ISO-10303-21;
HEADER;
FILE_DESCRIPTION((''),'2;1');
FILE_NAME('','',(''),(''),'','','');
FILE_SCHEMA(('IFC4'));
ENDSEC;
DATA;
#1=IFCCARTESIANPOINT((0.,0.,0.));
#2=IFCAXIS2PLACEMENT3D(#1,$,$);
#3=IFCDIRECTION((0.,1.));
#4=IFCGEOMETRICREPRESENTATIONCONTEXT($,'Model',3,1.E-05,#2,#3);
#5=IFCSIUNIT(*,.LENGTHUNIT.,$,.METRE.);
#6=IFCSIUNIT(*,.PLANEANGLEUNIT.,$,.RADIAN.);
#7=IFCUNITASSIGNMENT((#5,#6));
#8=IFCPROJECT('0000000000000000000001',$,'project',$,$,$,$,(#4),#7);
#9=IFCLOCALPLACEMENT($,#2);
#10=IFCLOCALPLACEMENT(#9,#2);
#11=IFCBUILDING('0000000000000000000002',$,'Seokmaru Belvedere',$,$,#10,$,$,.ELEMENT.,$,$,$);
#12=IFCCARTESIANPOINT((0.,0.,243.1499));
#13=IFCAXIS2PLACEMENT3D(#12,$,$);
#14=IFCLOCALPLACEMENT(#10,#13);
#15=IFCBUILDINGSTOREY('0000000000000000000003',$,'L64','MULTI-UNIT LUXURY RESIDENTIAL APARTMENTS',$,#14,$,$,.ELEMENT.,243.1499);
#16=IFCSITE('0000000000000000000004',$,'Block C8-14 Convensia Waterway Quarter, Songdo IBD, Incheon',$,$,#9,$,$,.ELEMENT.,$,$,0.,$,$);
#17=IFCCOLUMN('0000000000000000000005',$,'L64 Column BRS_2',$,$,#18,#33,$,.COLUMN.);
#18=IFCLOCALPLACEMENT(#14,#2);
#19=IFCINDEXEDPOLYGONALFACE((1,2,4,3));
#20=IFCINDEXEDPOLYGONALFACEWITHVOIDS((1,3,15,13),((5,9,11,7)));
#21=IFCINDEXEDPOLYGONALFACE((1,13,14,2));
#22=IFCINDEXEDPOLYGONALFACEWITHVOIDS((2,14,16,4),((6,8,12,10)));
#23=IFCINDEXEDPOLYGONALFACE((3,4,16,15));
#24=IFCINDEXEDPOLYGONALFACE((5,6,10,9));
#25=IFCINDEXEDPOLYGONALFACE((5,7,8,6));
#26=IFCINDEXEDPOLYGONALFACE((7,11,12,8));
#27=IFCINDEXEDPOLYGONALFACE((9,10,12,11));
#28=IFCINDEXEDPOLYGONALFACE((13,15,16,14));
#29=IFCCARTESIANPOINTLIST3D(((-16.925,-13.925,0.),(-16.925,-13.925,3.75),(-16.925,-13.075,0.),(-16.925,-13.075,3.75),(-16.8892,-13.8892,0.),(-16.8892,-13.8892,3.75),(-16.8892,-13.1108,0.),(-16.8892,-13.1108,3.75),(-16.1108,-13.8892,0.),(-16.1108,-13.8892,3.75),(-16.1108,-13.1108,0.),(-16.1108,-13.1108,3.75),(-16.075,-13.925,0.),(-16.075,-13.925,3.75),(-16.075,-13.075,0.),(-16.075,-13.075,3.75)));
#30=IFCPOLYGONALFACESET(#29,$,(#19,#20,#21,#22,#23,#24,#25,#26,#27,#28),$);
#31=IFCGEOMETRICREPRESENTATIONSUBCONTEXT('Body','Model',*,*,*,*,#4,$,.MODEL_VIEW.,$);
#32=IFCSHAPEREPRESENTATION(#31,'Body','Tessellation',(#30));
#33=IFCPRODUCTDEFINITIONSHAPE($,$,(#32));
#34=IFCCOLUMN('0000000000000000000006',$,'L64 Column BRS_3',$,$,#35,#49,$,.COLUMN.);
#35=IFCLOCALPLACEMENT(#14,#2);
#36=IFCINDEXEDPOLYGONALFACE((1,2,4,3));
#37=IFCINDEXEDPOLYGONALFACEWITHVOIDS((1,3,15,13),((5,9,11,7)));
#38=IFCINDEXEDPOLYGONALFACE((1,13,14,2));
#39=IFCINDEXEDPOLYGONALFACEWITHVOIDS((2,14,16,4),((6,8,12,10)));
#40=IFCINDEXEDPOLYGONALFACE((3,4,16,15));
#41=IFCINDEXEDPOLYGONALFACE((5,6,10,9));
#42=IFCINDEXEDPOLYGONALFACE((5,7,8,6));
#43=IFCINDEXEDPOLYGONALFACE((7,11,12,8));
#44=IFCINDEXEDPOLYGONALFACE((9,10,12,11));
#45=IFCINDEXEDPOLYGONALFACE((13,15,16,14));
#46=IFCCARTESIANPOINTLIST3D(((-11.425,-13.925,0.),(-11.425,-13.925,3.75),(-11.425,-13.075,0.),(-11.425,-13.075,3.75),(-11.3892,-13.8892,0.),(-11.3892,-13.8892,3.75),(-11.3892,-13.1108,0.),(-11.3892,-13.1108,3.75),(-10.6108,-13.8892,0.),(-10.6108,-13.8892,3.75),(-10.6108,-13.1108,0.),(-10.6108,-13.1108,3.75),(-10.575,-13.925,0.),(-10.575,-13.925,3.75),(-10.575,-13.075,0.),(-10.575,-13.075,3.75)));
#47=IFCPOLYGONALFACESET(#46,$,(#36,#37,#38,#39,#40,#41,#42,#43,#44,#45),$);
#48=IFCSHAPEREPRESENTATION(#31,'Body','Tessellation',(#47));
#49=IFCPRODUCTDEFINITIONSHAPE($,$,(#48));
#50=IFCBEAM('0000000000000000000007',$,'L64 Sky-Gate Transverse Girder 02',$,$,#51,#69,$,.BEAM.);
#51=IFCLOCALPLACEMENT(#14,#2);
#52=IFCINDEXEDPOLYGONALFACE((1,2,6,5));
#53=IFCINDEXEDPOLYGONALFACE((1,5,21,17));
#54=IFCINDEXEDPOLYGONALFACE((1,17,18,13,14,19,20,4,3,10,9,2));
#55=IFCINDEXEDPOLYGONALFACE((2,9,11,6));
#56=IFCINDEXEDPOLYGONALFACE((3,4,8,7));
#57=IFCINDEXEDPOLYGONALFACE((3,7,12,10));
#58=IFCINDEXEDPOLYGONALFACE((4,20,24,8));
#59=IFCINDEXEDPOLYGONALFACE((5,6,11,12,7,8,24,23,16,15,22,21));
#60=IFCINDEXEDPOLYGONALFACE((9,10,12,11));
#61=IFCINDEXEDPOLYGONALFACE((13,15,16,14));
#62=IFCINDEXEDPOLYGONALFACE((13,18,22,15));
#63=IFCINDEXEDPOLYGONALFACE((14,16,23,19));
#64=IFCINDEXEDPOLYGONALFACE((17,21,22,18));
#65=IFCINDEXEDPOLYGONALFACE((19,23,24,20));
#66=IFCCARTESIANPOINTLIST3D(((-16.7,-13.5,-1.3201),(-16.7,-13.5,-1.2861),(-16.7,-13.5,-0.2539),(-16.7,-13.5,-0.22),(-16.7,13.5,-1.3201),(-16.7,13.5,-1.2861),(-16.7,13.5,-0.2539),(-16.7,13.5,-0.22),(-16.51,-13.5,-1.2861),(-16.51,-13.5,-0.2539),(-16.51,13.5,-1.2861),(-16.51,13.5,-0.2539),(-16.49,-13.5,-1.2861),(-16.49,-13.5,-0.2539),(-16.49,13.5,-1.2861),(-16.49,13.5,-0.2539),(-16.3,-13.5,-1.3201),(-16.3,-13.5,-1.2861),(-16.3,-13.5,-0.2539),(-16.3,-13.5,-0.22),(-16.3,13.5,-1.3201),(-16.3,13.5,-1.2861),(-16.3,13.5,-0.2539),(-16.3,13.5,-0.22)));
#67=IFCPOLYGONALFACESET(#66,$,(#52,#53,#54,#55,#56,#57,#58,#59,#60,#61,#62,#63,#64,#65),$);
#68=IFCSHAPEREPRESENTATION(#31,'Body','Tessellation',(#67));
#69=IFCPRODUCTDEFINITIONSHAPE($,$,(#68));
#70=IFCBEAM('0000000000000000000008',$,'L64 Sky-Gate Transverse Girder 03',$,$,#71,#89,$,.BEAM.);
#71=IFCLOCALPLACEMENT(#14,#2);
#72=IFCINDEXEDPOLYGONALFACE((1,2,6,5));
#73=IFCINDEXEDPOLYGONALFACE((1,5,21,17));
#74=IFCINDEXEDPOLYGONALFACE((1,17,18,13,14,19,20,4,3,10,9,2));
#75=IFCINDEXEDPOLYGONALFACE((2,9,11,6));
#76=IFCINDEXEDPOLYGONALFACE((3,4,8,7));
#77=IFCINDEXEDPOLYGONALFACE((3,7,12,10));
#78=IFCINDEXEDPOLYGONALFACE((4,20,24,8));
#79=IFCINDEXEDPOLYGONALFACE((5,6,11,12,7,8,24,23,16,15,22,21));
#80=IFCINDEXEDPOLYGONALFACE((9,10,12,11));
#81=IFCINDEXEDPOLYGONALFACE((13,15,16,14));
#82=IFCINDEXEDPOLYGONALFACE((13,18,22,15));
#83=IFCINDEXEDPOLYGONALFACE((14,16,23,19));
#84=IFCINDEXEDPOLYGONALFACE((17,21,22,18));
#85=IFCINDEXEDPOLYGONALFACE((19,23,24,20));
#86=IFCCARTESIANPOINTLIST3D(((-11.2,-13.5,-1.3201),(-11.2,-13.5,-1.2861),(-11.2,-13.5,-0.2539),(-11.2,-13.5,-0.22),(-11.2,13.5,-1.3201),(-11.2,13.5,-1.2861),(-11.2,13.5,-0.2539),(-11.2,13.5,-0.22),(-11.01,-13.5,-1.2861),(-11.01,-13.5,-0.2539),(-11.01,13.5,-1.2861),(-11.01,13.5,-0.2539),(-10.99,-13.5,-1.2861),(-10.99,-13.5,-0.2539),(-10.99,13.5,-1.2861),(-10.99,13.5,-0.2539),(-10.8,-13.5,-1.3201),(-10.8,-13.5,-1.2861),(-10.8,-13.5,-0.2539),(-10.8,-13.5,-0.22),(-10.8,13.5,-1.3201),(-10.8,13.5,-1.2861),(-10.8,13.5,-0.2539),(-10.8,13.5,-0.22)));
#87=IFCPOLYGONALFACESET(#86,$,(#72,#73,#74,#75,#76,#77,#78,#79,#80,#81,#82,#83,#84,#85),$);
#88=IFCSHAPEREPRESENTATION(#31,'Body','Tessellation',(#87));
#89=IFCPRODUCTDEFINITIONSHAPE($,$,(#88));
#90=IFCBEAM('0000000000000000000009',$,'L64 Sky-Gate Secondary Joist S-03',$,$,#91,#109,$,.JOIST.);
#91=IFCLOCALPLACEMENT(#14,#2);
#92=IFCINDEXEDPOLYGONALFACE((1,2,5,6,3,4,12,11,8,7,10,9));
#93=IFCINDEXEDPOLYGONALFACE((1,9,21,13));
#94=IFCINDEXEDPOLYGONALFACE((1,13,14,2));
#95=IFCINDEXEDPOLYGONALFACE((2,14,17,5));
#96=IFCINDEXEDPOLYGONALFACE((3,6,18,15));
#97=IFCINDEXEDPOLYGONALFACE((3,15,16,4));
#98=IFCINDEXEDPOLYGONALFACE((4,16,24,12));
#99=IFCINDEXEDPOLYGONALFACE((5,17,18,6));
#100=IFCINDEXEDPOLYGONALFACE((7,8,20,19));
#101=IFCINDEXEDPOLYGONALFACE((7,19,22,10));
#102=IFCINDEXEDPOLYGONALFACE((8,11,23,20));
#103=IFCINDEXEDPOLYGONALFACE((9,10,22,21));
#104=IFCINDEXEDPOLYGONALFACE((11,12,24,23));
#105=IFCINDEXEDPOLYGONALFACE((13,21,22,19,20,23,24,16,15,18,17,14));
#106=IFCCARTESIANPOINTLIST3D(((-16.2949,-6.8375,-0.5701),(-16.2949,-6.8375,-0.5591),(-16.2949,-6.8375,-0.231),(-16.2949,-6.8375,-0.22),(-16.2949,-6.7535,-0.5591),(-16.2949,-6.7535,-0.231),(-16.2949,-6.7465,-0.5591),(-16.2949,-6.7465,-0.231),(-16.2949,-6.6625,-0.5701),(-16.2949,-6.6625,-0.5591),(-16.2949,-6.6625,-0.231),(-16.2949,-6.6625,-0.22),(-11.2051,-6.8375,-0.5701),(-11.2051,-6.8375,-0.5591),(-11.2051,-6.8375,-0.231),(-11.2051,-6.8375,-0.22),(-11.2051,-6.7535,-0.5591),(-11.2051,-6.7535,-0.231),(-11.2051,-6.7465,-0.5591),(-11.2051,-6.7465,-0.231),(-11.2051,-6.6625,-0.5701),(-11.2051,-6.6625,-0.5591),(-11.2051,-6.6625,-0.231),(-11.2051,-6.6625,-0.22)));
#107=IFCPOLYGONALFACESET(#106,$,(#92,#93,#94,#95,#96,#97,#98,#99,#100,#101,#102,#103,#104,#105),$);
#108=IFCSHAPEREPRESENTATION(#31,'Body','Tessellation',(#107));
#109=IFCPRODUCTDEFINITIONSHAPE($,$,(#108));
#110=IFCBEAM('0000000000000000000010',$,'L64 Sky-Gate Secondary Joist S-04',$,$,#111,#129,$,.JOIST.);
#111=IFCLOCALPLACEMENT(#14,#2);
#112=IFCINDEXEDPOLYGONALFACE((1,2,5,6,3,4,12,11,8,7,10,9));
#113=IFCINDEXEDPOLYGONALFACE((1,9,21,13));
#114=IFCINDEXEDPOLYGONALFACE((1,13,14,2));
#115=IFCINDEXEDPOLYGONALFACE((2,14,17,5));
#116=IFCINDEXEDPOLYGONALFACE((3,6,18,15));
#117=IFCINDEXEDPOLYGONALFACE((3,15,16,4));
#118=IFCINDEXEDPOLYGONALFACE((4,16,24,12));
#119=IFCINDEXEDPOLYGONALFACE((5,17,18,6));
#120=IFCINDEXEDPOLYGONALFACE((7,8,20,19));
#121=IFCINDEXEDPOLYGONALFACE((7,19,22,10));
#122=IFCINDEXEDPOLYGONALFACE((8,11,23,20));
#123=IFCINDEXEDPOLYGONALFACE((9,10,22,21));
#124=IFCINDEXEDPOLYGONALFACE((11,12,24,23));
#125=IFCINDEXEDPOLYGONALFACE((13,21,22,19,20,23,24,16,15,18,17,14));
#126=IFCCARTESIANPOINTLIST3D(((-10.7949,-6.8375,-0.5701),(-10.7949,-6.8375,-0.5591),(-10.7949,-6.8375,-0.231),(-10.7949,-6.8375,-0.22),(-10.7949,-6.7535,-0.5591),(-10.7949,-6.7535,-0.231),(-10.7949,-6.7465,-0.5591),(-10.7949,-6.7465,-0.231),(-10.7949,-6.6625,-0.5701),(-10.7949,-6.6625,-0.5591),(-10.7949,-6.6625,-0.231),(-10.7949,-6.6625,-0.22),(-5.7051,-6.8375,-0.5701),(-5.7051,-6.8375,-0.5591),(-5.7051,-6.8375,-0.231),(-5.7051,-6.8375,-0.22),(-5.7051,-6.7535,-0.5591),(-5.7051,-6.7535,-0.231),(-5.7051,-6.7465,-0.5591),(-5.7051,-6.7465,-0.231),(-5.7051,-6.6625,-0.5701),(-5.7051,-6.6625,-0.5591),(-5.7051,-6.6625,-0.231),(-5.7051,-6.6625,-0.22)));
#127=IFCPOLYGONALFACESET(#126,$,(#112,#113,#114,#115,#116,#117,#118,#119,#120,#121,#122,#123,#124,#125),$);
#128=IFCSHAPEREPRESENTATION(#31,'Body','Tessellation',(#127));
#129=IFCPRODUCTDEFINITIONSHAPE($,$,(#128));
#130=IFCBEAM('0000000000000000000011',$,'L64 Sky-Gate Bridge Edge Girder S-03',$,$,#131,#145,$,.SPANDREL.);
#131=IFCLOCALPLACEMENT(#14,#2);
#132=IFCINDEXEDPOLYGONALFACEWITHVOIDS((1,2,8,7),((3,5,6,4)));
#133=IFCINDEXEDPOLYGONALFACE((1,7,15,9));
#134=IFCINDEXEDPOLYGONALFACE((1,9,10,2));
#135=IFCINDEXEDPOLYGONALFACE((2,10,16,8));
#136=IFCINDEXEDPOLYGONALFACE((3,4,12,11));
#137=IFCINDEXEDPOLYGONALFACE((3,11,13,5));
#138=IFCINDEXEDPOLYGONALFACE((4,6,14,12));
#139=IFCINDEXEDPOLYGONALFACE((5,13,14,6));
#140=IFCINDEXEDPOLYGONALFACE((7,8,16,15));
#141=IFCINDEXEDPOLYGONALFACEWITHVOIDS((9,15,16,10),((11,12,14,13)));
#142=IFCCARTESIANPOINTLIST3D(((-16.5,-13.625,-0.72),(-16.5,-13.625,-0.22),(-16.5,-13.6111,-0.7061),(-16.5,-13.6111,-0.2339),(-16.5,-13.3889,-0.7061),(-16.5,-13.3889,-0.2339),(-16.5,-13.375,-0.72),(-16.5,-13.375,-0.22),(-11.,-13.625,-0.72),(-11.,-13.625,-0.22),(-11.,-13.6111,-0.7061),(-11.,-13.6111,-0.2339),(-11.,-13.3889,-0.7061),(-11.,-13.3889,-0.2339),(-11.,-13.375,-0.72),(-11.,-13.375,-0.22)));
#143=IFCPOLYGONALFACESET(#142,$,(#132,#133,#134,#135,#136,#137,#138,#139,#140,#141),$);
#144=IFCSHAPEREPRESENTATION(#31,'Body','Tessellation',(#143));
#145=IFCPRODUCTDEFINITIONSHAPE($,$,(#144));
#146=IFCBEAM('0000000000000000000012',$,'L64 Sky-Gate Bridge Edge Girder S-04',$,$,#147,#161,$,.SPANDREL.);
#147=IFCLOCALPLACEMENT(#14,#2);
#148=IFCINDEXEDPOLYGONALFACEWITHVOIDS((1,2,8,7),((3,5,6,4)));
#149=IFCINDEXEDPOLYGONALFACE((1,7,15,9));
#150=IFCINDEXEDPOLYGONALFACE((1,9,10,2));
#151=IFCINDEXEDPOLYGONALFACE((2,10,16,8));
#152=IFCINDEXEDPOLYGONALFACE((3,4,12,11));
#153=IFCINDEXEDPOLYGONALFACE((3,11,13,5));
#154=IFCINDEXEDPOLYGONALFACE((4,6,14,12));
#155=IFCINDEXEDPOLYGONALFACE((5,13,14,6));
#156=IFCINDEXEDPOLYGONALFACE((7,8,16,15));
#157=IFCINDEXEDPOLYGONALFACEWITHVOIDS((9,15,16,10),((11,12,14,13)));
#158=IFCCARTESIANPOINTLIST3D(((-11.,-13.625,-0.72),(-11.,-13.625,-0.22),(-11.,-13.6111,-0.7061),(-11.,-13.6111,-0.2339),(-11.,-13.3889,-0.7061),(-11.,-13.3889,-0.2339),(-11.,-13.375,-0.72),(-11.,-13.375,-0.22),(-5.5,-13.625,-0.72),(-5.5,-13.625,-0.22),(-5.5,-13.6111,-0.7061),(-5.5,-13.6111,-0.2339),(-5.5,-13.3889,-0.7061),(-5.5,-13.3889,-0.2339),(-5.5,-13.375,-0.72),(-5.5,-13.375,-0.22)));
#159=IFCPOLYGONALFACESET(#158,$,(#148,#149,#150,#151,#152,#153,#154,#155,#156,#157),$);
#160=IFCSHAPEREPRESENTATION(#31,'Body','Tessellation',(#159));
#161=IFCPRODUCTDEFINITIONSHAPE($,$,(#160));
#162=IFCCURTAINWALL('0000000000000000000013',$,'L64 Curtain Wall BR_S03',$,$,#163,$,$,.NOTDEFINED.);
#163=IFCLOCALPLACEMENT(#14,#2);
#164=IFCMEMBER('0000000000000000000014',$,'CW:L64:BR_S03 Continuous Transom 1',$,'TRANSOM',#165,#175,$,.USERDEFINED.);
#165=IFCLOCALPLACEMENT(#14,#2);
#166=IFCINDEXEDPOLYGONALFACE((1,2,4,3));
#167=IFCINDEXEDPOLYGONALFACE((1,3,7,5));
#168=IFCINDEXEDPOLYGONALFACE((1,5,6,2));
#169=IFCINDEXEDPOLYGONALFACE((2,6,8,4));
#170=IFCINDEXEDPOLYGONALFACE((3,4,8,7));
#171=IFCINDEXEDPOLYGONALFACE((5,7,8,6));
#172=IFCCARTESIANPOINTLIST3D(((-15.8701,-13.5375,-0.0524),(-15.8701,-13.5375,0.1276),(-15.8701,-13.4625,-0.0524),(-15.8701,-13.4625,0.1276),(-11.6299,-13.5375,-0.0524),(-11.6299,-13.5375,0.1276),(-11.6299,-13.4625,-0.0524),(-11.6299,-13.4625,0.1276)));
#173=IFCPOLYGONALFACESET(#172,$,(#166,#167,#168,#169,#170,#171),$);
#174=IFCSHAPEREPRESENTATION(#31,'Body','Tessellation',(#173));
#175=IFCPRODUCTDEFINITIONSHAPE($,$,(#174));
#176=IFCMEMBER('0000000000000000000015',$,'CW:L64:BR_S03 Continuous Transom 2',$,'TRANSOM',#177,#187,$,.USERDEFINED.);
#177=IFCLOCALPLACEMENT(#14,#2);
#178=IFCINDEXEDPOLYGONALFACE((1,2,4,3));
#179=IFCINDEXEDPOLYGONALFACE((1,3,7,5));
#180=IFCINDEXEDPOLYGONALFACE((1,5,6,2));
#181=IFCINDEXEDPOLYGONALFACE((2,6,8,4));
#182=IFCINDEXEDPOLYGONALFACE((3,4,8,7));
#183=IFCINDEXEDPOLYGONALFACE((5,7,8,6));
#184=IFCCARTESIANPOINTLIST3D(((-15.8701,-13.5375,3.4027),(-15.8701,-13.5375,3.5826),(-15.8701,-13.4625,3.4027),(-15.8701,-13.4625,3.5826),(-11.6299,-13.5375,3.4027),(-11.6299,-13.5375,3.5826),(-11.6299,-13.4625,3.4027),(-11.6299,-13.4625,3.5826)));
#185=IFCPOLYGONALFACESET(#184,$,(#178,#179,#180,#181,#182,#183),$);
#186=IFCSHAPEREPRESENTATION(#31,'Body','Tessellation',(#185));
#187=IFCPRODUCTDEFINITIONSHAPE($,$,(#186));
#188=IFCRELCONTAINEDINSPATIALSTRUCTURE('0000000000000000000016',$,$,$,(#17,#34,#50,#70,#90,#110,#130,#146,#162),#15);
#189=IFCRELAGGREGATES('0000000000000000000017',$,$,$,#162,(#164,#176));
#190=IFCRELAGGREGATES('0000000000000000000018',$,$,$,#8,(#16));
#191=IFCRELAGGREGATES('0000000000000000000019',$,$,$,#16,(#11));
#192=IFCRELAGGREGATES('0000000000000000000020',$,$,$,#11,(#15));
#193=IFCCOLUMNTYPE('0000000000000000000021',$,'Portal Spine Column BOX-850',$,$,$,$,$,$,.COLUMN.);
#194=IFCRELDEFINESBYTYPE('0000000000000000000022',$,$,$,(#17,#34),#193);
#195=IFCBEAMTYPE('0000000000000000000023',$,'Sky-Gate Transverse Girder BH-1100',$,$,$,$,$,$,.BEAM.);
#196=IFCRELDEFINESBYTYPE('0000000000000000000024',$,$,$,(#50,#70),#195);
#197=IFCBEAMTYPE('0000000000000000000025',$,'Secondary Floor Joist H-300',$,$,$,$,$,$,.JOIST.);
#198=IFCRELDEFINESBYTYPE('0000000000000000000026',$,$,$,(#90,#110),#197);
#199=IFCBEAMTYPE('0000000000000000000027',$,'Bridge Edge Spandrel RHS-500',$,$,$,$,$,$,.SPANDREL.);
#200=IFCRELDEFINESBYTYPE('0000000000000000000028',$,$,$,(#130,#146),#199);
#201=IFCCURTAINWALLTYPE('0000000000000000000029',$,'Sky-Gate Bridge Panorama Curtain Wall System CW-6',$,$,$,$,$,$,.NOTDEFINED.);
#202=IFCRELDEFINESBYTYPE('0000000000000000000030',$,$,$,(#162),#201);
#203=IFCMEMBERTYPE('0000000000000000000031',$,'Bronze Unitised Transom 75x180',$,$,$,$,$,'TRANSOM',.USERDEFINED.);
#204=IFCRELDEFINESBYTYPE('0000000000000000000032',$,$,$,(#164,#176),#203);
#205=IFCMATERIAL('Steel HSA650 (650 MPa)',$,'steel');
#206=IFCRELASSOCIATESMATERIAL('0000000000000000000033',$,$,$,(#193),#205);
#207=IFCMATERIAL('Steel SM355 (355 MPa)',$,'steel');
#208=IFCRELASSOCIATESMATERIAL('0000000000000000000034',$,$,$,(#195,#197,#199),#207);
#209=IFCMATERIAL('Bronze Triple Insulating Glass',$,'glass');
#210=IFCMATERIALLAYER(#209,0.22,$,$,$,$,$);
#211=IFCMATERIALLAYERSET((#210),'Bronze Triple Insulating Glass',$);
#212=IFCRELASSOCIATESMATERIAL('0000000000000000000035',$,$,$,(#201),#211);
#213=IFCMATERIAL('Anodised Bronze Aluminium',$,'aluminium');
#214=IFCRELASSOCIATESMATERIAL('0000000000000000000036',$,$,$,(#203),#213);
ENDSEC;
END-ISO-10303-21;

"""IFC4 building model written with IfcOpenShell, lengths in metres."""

from ifc_helpers import new_model, si_unit, direction, frame, origin, origin_2d, place, context, subcontext, project, spatial, rectangle, hollow_rectangle, i_section, extrude, source, transform, mapped, material, layer, layer_set, material_profile, profile_set, type_object, type_shapes, element, aggregate, save


model = new_model("IFC4")

# Units and contexts
model_context = context("Model", 3, precision=1e-05, world=origin(), true_north=direction((0.0, 1.0)))
body_context = subcontext(model_context, "Body", "Model", "MODEL_VIEW")
ifc_project = project(units=[si_unit("LENGTHUNIT", "METRE"), si_unit("PLANEANGLEUNIT", "RADIAN")], contexts=[model_context])

# Site, building, storey
site_placement = place(None, origin())
site = spatial("IfcSite", under=ifc_project, at=site_placement, Name="Block C8-14 Convensia Waterway Quarter, Songdo IBD, Incheon", CompositionType="ELEMENT", RefElevation=0.0)
building_placement = place(site_placement, origin())
building = spatial("IfcBuilding", under=site, at=building_placement, Name="Seokmaru Belvedere", CompositionType="ELEMENT")
storey_placement = place(building_placement, frame((0.0, 0.0, 243.1499)))
storey = spatial("IfcBuildingStorey", under=building, at=storey_placement, Name="L64", Description="MULTI-UNIT LUXURY RESIDENTIAL APARTMENTS", CompositionType="ELEMENT", Elevation=243.1499)

# Columns
ifc_material_1 = material(Name="Steel HSA650 (650 MPa)", Category="steel")
ifc_material_profile_1 = material_profile(ifc_material_1, hollow_rectangle(XDim=0.8501, YDim=0.8501, WallThickness=0.0359, at=origin_2d()), Name="BOX-850x850x36")
ifc_profile_set_1 = profile_set([ifc_material_profile_1], Name="Steel HSA650 (650 MPa)")
column_type = type_object("IfcColumnType", Name="Portal Spine Column BOX-850", PredefinedType="COLUMN", material=ifc_profile_set_1)
shared_shape_1 = source(origin(), body_context, "Body", "SweptSolid", [
    extrude(hollow_rectangle(XDim=0.8501, YDim=0.8501, WallThickness=0.0359, at=origin_2d()), origin(), (0.0, 0.0, 1.0), 3.75),
])
type_shapes(column_type, [shared_shape_1])
for number, where, z_axis, x_axis, name in (
    (1, (-16.5, -13.5, 0.0), (0.0, 0.0, 1.0), (1.0, 0.0, 0.0), "L64 Column BRS_2"),
    (2, (-11.0, -13.5, 0.0), (0.0, 0.0, 1.0), (1.0, 0.0, 0.0), "L64 Column BRS_3"),
):
    element("IfcColumn", number, at=place(storey_placement, frame(where, z_axis=z_axis, x_axis=x_axis)), inside=storey, type_object=column_type, Name=name, PredefinedType="COLUMN", context=body_context, shape_type="MappedRepresentation", body=[
        mapped(shared_shape_1, transform((0.0, 0.0, 0.0), scale=1.0)),
    ])

# Beams
ifc_material_2 = material(Name="Steel SM355 (355 MPa)", Category="steel")
ifc_material_profile_2 = material_profile(ifc_material_2, i_section(OverallWidth=0.3999, OverallDepth=1.1001, WebThickness=0.02, FlangeThickness=0.0339, at=origin_2d()), Name="BH-1100x400x20x34")
ifc_profile_set_2 = profile_set([ifc_material_profile_2], Name="Steel SM355 (355 MPa)")
beam_type_1 = type_object("IfcBeamType", Name="Sky-Gate Transverse Girder BH-1100", PredefinedType="BEAM", material=ifc_profile_set_2)
shared_shape_2 = source(origin(), body_context, "Body", "SweptSolid", [
    extrude(i_section(OverallWidth=0.3999, OverallDepth=1.1001, WebThickness=0.02, FlangeThickness=0.0339, at=origin_2d()), origin(), (0.0, 0.0, 1.0), 27.0),
])
type_shapes(beam_type_1, [shared_shape_2])
for number, where, z_axis, x_axis, name in (
    (3, (-16.5, -13.5, -0.77), (0.0, 1.0, 0.0), (-1.0, 0.0, 0.0), "L64 Sky-Gate Transverse Girder 02"),
    (4, (-11.0, -13.5, -0.77), (0.0, 1.0, 0.0), (-1.0, 0.0, 0.0), "L64 Sky-Gate Transverse Girder 03"),
):
    element("IfcBeam", number, at=place(storey_placement, frame(where, z_axis=z_axis, x_axis=x_axis)), inside=storey, type_object=beam_type_1, Name=name, PredefinedType="BEAM", context=body_context, shape_type="MappedRepresentation", body=[
        mapped(shared_shape_2, transform((0.0, 0.0, 0.0), scale=1.0)),
    ])
ifc_material_profile_3 = material_profile(ifc_material_2, i_section(OverallWidth=0.175, OverallDepth=0.3501, WebThickness=0.0071, FlangeThickness=0.011, at=origin_2d()), Name="H-350x175x7x11")
ifc_profile_set_3 = profile_set([ifc_material_profile_3], Name="Steel SM355 (355 MPa)")
beam_type_2 = type_object("IfcBeamType", Name="Secondary Floor Joist H-300", PredefinedType="JOIST", material=ifc_profile_set_3)
shared_shape_3 = source(origin(), body_context, "Body", "SweptSolid", [
    extrude(i_section(OverallWidth=0.175, OverallDepth=0.3501, WebThickness=0.0071, FlangeThickness=0.011, at=origin_2d()), origin(), (0.0, 0.0, 1.0), 5.0898),
])
type_shapes(beam_type_2, [shared_shape_3])
for number, where, z_axis, x_axis, name in (
    (5, (-16.2949, -6.75, -0.395), (1.0, 0.0, 0.0), (0.0, 1.0, 0.0), "L64 Sky-Gate Secondary Joist S-03"),
    (6, (-10.7949, -6.75, -0.395), (1.0, 0.0, 0.0), (0.0, 1.0, 0.0), "L64 Sky-Gate Secondary Joist S-04"),
):
    element("IfcBeam", number, at=place(storey_placement, frame(where, z_axis=z_axis, x_axis=x_axis)), inside=storey, type_object=beam_type_2, Name=name, PredefinedType="JOIST", context=body_context, shape_type="MappedRepresentation", body=[
        mapped(shared_shape_3, transform((0.0, 0.0, 0.0), scale=1.0)),
    ])
ifc_material_profile_4 = material_profile(ifc_material_2, hollow_rectangle(XDim=0.25, YDim=0.5, WallThickness=0.0139, at=origin_2d()), Name="RHS-500x250x14")
ifc_profile_set_4 = profile_set([ifc_material_profile_4], Name="Steel SM355 (355 MPa)")
beam_type_3 = type_object("IfcBeamType", Name="Bridge Edge Spandrel RHS-500", PredefinedType="SPANDREL", material=ifc_profile_set_4)
shared_shape_4 = source(origin(), body_context, "Body", "SweptSolid", [
    extrude(hollow_rectangle(XDim=0.25, YDim=0.5, WallThickness=0.0139, at=origin_2d()), origin(), (0.0, 0.0, 1.0), 5.5),
])
type_shapes(beam_type_3, [shared_shape_4])
for number, where, z_axis, x_axis, name in (
    (7, (-16.5, -13.5, -0.47), (1.0, 0.0, 0.0), (0.0, 1.0, 0.0), "L64 Sky-Gate Bridge Edge Girder S-03"),
    (8, (-11.0, -13.5, -0.47), (1.0, 0.0, 0.0), (0.0, 1.0, 0.0), "L64 Sky-Gate Bridge Edge Girder S-04"),
):
    element("IfcBeam", number, at=place(storey_placement, frame(where, z_axis=z_axis, x_axis=x_axis)), inside=storey, type_object=beam_type_3, Name=name, PredefinedType="SPANDREL", context=body_context, shape_type="MappedRepresentation", body=[
        mapped(shared_shape_4, transform((0.0, 0.0, 0.0), scale=1.0)),
    ])

# Curtain wall, members
ifc_material_3 = material(Name="Bronze Triple Insulating Glass", Category="glass")
ifc_layer_1 = layer(ifc_material_3, 0.22)
ifc_layer_set_1 = layer_set([ifc_layer_1], Name="Bronze Triple Insulating Glass")
curtain_wall_type = type_object("IfcCurtainWallType", Name="Sky-Gate Bridge Panorama Curtain Wall System CW-6", PredefinedType="NOTDEFINED", material=ifc_layer_set_1)
curtain_wall_1_placement = place(storey_placement, origin())
curtain_wall_1 = element("IfcCurtainWall", 9, at=curtain_wall_1_placement, inside=storey, type_object=curtain_wall_type, Name="L64 Curtain Wall BR_S03", PredefinedType="NOTDEFINED")
ifc_material_4 = material(Name="Anodised Bronze Aluminium", Category="aluminium")
ifc_material_profile_5 = material_profile(ifc_material_4, rectangle(XDim=0.075, YDim=0.1799, at=origin_2d()), Name="CW-T-75x180")
ifc_profile_set_5 = profile_set([ifc_material_profile_5], Name="Anodised Bronze Aluminium")
member_type_1 = type_object("IfcMemberType", Name="Bronze Unitised Transom 75x180", ElementType="TRANSOM", PredefinedType="USERDEFINED", material=ifc_profile_set_5)
shared_shape_5 = source(origin(), body_context, "Body", "SweptSolid", [
    extrude(rectangle(XDim=0.075, YDim=0.1799, at=origin_2d()), origin(), (0.0, 0.0, 1.0), 4.2402),
])
type_shapes(member_type_1, [shared_shape_5])
member_1_placement = place(storey_placement, frame((-15.8701, -13.5, 0.0376), z_axis=(1.0, 0.0, 0.0), x_axis=(0.0, 1.0, 0.0)))
member_1 = element("IfcMember", 10, at=member_1_placement, type_object=member_type_1, Name="CW:L64:BR_S03 Continuous Transom 1", ObjectType="TRANSOM", PredefinedType="USERDEFINED", context=body_context, shape_type="MappedRepresentation", body=[
    mapped(shared_shape_5, transform((0.0, 0.0, 0.0), scale=1.0)),
])
member_2_placement = place(storey_placement, frame((-15.8701, -13.5, 3.4927), z_axis=(1.0, 0.0, 0.0), x_axis=(0.0, 1.0, 0.0)))
member_2 = element("IfcMember", 11, at=member_2_placement, type_object=member_type_1, Name="CW:L64:BR_S03 Continuous Transom 2", ObjectType="TRANSOM", PredefinedType="USERDEFINED", context=body_context, shape_type="MappedRepresentation", body=[
    mapped(shared_shape_5, transform((0.0, 0.0, 0.0), scale=1.0)),
])

aggregate(curtain_wall_1, [member_1, member_2])

save(model, "model.ifc")
